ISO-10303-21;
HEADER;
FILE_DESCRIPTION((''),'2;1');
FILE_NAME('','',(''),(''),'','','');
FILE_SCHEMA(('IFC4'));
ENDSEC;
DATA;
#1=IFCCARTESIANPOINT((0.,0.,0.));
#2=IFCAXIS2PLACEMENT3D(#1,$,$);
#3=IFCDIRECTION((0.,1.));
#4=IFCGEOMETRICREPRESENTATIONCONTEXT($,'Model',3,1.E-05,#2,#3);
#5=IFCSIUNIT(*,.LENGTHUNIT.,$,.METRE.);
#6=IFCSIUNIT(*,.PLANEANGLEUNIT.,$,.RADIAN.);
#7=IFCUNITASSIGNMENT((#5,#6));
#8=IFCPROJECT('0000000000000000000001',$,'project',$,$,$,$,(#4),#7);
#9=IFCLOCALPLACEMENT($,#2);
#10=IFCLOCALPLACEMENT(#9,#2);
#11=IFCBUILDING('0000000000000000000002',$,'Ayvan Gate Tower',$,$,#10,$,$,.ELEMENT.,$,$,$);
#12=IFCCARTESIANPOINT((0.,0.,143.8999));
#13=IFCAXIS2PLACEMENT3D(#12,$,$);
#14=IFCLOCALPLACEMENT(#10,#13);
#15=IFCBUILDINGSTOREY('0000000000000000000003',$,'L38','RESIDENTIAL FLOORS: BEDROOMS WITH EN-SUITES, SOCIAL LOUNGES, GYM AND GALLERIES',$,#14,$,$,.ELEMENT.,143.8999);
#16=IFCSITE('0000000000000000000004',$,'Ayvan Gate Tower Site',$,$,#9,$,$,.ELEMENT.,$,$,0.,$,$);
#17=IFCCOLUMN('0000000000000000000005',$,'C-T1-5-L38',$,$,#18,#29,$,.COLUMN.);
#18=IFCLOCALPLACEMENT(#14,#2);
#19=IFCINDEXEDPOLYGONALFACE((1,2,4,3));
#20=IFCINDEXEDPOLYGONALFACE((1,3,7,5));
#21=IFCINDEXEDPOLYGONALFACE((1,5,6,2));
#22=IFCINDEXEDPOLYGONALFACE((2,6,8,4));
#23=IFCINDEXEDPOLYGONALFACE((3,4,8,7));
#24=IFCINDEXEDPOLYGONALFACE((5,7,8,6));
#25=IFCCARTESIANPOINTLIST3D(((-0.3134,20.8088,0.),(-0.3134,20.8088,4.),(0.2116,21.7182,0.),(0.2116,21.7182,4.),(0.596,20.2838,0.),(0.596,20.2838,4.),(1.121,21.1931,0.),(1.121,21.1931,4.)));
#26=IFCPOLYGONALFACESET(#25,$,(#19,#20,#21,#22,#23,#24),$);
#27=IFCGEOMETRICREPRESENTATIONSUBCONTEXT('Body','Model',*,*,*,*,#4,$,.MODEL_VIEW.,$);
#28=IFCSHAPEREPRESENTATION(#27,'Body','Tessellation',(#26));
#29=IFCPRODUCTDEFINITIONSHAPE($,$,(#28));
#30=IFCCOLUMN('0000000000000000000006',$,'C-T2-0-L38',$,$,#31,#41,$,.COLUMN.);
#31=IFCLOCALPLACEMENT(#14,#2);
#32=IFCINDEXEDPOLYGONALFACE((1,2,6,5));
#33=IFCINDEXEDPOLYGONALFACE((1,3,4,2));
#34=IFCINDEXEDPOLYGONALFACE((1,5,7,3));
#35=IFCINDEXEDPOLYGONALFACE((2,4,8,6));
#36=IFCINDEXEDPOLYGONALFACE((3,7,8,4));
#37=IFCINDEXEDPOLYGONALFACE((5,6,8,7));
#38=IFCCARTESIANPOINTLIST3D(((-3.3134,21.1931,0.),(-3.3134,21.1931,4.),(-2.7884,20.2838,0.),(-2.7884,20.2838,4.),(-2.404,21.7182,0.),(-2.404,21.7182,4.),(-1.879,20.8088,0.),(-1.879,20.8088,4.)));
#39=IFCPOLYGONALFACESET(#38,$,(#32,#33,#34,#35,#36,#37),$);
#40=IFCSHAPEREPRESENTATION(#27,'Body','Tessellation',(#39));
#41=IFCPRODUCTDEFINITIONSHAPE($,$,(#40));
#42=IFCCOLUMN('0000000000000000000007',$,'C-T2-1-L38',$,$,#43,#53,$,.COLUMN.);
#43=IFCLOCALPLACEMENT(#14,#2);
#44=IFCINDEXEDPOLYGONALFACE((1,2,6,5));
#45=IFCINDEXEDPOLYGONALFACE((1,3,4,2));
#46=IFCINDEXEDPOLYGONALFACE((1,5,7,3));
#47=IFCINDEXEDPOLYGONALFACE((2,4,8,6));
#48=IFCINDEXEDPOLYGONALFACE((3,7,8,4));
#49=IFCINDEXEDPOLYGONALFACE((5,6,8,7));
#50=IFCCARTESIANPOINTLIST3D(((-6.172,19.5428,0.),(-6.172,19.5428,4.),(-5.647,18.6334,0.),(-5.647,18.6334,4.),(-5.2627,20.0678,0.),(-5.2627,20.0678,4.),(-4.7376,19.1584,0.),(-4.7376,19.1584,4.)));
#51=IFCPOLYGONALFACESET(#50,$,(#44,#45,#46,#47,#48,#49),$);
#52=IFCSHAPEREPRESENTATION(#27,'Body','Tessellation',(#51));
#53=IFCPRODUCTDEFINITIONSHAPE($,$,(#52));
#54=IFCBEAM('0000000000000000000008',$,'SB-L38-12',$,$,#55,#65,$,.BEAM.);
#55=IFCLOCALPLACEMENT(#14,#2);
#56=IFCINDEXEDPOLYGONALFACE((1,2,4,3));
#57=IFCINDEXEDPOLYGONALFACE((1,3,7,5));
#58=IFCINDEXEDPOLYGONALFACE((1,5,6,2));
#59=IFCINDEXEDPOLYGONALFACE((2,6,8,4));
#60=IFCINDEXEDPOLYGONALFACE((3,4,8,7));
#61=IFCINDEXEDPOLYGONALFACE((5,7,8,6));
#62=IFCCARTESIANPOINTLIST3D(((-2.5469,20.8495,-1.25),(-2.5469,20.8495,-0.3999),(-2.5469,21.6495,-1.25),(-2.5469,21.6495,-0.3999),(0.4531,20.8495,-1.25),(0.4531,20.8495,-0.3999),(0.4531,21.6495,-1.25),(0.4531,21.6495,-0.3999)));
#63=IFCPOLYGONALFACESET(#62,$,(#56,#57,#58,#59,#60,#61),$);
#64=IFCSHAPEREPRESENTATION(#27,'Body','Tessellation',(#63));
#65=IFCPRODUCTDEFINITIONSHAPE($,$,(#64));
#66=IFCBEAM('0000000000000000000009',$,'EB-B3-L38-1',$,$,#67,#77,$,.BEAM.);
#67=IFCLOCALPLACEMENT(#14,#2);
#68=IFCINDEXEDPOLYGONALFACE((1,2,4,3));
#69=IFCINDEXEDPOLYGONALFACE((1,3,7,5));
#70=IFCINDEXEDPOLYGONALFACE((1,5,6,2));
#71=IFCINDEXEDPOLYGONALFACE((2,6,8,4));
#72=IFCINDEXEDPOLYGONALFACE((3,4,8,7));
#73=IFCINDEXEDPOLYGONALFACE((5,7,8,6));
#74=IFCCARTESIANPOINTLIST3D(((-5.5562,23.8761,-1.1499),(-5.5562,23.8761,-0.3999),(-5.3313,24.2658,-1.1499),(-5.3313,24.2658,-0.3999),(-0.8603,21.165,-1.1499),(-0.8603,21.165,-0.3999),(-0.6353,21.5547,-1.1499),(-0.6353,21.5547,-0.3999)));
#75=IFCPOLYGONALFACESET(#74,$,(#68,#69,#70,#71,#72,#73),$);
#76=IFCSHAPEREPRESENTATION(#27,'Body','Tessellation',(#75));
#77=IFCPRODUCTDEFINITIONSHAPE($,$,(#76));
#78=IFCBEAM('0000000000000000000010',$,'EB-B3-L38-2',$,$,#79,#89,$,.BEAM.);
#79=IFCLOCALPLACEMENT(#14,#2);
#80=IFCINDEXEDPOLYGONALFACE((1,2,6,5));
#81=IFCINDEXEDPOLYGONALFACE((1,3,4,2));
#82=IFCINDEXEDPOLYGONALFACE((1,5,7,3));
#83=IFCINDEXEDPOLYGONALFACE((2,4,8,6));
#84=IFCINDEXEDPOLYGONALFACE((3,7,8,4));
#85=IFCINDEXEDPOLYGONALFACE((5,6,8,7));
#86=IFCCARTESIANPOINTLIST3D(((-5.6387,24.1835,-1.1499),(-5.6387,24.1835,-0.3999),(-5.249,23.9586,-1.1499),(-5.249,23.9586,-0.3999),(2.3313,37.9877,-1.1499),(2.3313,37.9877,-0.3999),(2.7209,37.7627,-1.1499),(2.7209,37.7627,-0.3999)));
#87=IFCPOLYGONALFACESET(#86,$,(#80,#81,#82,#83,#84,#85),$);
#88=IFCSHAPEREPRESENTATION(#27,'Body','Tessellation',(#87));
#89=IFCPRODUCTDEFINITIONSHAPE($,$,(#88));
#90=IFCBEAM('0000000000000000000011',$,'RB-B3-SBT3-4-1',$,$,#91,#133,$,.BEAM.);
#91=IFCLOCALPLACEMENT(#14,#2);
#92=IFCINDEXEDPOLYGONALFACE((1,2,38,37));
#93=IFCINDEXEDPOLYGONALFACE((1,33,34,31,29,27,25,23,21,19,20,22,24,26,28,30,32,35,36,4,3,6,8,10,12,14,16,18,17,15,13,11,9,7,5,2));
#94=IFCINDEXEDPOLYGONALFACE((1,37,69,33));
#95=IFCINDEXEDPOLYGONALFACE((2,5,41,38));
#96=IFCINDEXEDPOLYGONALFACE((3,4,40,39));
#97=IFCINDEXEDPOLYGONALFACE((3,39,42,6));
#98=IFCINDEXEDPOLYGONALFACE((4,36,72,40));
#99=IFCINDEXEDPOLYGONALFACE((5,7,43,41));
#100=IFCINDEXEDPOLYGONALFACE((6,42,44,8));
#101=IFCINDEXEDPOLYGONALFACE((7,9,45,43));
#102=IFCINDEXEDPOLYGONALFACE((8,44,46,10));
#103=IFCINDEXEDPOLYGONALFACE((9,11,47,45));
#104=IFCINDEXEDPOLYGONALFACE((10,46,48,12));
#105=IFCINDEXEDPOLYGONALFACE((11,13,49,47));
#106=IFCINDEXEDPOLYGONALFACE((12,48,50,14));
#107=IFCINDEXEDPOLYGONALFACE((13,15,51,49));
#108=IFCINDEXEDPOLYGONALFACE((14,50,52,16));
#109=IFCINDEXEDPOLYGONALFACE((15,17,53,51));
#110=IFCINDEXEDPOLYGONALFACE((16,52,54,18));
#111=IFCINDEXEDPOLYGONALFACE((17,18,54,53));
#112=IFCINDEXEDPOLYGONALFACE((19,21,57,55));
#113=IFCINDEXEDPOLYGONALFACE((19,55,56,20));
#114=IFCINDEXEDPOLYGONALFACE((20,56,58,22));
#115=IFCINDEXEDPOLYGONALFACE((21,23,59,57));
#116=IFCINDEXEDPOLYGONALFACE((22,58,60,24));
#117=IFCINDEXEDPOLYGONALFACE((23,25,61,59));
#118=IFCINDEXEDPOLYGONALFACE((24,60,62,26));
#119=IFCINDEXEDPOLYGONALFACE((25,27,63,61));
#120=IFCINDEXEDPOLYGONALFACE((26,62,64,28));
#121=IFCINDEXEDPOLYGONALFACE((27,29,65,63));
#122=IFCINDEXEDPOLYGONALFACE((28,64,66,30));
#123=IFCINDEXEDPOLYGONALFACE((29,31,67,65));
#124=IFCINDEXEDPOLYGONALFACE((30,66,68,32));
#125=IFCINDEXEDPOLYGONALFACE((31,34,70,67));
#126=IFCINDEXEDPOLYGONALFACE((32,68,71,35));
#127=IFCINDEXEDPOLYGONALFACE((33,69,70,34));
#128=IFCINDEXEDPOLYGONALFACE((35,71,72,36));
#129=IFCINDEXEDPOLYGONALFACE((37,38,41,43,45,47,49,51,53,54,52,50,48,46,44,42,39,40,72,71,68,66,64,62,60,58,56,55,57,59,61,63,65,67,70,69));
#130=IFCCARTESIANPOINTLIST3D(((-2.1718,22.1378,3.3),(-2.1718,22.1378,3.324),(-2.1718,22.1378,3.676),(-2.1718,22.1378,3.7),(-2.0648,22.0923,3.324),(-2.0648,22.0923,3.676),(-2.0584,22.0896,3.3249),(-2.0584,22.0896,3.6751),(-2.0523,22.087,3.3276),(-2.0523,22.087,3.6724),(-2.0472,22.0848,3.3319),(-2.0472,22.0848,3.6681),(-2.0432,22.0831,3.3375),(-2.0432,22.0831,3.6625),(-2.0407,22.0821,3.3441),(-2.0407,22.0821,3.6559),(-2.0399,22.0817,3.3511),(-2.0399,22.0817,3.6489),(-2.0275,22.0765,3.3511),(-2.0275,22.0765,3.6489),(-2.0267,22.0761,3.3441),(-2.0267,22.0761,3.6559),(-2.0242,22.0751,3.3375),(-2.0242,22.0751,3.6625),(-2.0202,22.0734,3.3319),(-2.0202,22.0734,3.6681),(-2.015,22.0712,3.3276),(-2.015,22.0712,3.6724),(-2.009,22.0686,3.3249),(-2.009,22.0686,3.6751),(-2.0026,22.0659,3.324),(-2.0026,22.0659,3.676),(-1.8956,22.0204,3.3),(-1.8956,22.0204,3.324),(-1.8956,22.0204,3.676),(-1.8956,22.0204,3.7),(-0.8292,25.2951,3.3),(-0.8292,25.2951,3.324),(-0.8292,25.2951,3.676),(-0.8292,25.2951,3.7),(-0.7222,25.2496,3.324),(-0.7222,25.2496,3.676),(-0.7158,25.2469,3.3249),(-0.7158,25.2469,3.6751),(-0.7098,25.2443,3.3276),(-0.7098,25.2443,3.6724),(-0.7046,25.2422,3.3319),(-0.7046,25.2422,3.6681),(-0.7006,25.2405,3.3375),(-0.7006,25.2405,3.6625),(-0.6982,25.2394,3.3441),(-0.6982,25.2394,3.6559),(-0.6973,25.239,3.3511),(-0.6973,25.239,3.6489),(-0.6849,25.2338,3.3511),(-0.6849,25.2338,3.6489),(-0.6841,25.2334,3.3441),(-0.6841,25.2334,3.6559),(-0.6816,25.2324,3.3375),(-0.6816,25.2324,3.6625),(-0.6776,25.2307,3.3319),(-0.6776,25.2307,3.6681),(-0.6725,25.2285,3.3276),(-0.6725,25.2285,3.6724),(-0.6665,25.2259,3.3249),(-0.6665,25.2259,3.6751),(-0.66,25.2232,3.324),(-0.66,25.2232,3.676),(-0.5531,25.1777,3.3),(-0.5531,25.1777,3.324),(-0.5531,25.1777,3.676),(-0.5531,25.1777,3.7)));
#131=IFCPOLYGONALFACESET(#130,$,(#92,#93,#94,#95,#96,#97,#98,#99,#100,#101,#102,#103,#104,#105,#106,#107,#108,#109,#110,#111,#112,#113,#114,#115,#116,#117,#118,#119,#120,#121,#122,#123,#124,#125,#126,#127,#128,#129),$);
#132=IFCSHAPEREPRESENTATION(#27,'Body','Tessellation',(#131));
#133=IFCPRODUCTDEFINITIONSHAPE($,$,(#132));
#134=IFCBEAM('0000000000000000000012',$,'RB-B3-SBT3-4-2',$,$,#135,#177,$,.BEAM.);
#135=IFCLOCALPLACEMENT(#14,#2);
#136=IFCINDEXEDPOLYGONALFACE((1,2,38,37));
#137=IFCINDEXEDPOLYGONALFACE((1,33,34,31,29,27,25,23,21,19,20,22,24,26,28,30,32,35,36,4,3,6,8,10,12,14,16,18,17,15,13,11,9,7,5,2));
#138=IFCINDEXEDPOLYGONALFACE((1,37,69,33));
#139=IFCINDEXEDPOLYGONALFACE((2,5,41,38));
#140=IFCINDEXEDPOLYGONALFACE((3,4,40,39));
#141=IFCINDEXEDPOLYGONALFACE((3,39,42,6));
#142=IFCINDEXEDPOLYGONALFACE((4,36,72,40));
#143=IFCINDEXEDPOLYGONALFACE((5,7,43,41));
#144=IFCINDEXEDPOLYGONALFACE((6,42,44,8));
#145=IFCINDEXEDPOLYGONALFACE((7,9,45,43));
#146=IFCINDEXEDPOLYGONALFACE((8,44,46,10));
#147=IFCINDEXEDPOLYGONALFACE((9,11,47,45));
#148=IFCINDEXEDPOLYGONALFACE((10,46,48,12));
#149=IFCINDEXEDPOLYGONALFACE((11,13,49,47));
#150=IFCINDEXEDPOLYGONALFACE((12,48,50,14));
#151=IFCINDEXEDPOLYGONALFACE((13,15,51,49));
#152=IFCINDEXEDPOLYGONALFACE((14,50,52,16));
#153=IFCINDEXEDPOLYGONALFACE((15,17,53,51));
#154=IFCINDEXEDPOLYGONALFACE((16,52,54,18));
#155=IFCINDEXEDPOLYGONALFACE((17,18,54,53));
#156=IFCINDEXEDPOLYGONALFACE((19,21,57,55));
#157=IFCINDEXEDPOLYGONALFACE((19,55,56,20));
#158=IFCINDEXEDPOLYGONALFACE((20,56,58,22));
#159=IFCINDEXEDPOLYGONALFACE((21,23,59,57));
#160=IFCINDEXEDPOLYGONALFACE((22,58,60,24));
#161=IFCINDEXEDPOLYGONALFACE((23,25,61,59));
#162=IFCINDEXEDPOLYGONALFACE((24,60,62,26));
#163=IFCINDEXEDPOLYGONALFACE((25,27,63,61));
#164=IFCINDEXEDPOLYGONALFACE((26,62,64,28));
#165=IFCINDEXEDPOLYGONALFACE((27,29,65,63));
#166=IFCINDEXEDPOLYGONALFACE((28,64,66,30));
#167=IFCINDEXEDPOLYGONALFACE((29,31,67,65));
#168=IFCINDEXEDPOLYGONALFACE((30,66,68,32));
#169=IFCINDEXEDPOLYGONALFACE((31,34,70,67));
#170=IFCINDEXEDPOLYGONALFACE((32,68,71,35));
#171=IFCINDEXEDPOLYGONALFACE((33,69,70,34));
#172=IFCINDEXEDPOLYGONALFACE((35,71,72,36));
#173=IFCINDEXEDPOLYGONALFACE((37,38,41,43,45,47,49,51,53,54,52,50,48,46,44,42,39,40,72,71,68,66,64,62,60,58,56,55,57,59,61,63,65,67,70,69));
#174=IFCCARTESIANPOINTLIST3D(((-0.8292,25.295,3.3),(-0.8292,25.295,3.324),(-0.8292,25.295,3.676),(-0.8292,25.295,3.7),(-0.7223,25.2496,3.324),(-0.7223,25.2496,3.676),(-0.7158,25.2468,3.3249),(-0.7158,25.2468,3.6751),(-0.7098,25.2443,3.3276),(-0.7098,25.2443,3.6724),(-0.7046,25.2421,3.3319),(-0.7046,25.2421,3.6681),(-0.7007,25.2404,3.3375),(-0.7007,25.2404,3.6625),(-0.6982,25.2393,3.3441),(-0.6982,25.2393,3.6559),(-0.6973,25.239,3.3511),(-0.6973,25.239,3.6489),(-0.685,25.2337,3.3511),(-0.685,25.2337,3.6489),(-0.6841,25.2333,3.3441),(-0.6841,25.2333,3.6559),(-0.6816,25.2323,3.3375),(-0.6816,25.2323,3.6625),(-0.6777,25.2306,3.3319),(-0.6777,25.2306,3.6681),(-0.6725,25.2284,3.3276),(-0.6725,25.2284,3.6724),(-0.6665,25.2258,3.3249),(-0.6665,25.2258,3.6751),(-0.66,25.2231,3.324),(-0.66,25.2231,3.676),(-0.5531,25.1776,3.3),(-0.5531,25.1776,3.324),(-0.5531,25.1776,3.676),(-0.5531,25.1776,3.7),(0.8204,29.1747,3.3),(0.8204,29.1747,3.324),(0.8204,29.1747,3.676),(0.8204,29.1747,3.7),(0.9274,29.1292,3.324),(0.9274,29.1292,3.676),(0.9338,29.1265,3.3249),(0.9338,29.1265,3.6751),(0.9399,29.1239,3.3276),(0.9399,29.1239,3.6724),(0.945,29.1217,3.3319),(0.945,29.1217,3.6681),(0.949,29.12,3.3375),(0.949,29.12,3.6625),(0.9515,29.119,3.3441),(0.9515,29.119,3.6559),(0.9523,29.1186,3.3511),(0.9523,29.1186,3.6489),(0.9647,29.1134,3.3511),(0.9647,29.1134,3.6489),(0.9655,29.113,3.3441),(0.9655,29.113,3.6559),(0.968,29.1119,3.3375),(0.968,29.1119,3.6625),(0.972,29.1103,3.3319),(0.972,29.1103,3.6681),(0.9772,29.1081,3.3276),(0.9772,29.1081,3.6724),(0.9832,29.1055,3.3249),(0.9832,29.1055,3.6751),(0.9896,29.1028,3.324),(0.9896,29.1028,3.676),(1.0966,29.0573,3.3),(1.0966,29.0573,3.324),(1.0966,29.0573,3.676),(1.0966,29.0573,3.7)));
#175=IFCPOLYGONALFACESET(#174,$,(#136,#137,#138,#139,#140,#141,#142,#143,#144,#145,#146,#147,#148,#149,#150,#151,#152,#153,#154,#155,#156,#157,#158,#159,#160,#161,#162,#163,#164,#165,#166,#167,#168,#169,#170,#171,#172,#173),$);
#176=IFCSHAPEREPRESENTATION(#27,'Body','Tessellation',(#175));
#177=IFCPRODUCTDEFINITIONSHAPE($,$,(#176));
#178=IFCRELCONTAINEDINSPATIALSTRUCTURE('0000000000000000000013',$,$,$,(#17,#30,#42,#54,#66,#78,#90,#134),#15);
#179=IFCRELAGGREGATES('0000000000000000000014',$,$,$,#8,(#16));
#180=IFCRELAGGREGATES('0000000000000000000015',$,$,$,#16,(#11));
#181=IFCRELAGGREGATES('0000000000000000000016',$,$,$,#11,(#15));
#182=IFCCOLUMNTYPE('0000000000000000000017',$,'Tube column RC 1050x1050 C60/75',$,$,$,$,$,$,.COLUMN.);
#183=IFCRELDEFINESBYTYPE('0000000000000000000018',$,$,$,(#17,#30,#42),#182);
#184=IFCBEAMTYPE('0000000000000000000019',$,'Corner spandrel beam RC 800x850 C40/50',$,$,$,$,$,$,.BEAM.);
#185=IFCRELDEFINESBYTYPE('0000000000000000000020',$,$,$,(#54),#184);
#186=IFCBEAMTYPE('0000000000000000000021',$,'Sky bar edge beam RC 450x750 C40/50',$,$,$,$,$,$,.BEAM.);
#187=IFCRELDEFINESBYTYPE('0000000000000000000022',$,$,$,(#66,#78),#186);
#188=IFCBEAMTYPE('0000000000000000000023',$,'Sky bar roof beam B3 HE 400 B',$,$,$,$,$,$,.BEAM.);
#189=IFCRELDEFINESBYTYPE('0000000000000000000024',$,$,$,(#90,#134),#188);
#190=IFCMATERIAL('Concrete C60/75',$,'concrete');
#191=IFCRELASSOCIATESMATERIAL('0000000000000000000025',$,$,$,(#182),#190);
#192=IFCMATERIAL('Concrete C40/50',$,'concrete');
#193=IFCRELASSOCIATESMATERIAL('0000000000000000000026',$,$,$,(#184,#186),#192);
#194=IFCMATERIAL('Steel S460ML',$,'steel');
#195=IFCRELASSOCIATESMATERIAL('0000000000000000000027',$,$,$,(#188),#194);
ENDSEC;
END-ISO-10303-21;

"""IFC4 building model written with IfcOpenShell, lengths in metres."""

from ifc_helpers import new_model, si_unit, direction, frame, origin, origin_2d, place, context, subcontext, project, spatial, rectangle, i_section, extrude, material, material_profile, profile_set, type_object, element, save


model = new_model("IFC4")

# Units and contexts
model_context = context("Model", 3, precision=1e-05, world=origin(), true_north=direction((0.0, 1.0)))
body_context = subcontext(model_context, "Body", "Model", "MODEL_VIEW")
ifc_project = project(units=[si_unit("LENGTHUNIT", "METRE"), si_unit("PLANEANGLEUNIT", "RADIAN")], contexts=[model_context])

# Site, building, storey
site_placement = place(None, origin())
site = spatial("IfcSite", under=ifc_project, at=site_placement, Name="Ayvan Gate Tower Site", CompositionType="ELEMENT", RefElevation=0.0)
building_placement = place(site_placement, origin())
building = spatial("IfcBuilding", under=site, at=building_placement, Name="Ayvan Gate Tower", CompositionType="ELEMENT")
storey_placement = place(building_placement, frame((0.0, 0.0, 143.8999)))
storey = spatial("IfcBuildingStorey", under=building, at=storey_placement, Name="L38", Description="RESIDENTIAL FLOORS: BEDROOMS WITH EN-SUITES, SOCIAL LOUNGES, GYM AND GALLERIES", CompositionType="ELEMENT", Elevation=143.8999)

# Columns
ifc_material_1 = material(Name="Concrete C60/75", Category="concrete")
ifc_material_profile_1 = material_profile(ifc_material_1, rectangle(XDim=1.05, YDim=1.05, at=origin_2d()), Name="RC 1050x1050")
ifc_profile_set_1 = profile_set([ifc_material_profile_1], Name="Concrete C60/75")
column_type = type_object("IfcColumnType", Name="Tube column RC 1050x1050 C60/75", PredefinedType="COLUMN", material=ifc_profile_set_1)
for number, where, z_axis, x_axis, name in (
    (1, (0.4038, 21.001, 0.0), (0.0, 0.0, 1.0), (0.5, 0.866025, 0.0), "C-T1-5-L38"),
    (2, (-2.5962, 21.001, 0.0), (0.0, 0.0, 1.0), (-0.5, 0.866025, 0.0), "C-T2-0-L38"),
    (3, (-5.4548, 19.3506, 0.0), (0.0, 0.0, 1.0), (-0.5, 0.866025, 0.0), "C-T2-1-L38"),
):
    element("IfcColumn", number, at=place(storey_placement, frame(where, z_axis=z_axis, x_axis=x_axis)), inside=storey, type_object=column_type, Name=name, PredefinedType="COLUMN", context=body_context, shape_type="SweptSolid", body=[
        extrude(rectangle(XDim=1.05, YDim=1.05, at=origin_2d()), origin(), (0.0, 0.0, 1.0), 4.0),
    ])

# Beams
ifc_material_2 = material(Name="Concrete C40/50", Category="concrete")
ifc_material_profile_2 = material_profile(ifc_material_2, rectangle(XDim=0.8, YDim=0.8501, at=origin_2d()), Name="RC 800x850")
ifc_profile_set_2 = profile_set([ifc_material_profile_2], Name="Concrete C40/50")
beam_type_1 = type_object("IfcBeamType", Name="Corner spandrel beam RC 800x850 C40/50", PredefinedType="BEAM", material=ifc_profile_set_2)
beam_1_placement = place(storey_placement, frame((0.4531, 21.2495, -0.825), z_axis=(-1.0, 0.0, 0.0), x_axis=(0.0, -1.0, 0.0)))
element("IfcBeam", 4, at=beam_1_placement, inside=storey, type_object=beam_type_1, Name="SB-L38-12", PredefinedType="BEAM", context=body_context, shape_type="SweptSolid", body=[
    extrude(rectangle(XDim=0.8, YDim=0.8501, at=origin_2d()), origin(), (0.0, 0.0, 1.0), 3.0),
])
ifc_material_profile_3 = material_profile(ifc_material_2, rectangle(XDim=0.45, YDim=0.75, at=origin_2d()), Name="RC 450x750")
ifc_profile_set_3 = profile_set([ifc_material_profile_3], Name="Concrete C40/50")
beam_type_2 = type_object("IfcBeamType", Name="Sky bar edge beam RC 450x750 C40/50", PredefinedType="BEAM", material=ifc_profile_set_3)
beam_2_placement = place(storey_placement, frame((-0.7478, 21.3599, -0.7749), z_axis=(-0.866032, 0.499989, 0.0), x_axis=(-0.499989, -0.866032, 0.0)))
element("IfcBeam", 5, at=beam_2_placement, inside=storey, type_object=beam_type_2, Name="EB-B3-L38-1", PredefinedType="BEAM", context=body_context, shape_type="SweptSolid", body=[
    extrude(rectangle(XDim=0.45, YDim=0.75, at=origin_2d()), origin(), (0.0, 0.0, 1.0), 5.4224),
])
beam_3_placement = place(storey_placement, frame((-5.4438, 24.071, -0.7749), z_axis=(0.500005, 0.866022, 0.0), x_axis=(-0.866022, 0.500005, 0.0)))
element("IfcBeam", 6, at=beam_3_placement, inside=storey, type_object=beam_type_2, Name="EB-B3-L38-2", PredefinedType="BEAM", context=body_context, shape_type="SweptSolid", body=[
    extrude(rectangle(XDim=0.45, YDim=0.75, at=origin_2d()), origin(), (0.0, 0.0, 1.0), 15.9397),
])
ifc_material_3 = material(Name="Steel S460ML", Category="steel")
ifc_material_profile_4 = material_profile(ifc_material_3, i_section(OverallWidth=0.3, OverallDepth=0.3999, WebThickness=0.0134, FlangeThickness=0.0239, FilletRadius=0.0271, at=origin_2d()), Name="HE 400 B")
ifc_profile_set_4 = profile_set([ifc_material_profile_4], Name="Steel S460ML")
beam_type_3 = type_object("IfcBeamType", Name="Sky bar roof beam B3 HE 400 B", PredefinedType="BEAM", material=ifc_profile_set_4)
beam_4_placement = place(storey_placement, frame((-2.0337, 22.0791, 3.5), z_axis=(0.391315, 0.920257, 0.0), x_axis=(-0.920257, 0.391315, 0.0)))
element("IfcBeam", 7, at=beam_4_placement, inside=storey, type_object=beam_type_3, Name="RB-B3-SBT3-4-1", PredefinedType="BEAM", context=body_context, shape_type="SweptSolid", body=[
    extrude(i_section(OverallWidth=0.3, OverallDepth=0.3999, WebThickness=0.0134, FlangeThickness=0.0239, FilletRadius=0.0271, at=origin_2d()), origin(), (0.0, 0.0, 1.0), 3.4309),
])
beam_5_placement = place(storey_placement, frame((-0.6912, 25.2363, 3.5), z_axis=(0.391304, 0.920262, 0.0), x_axis=(-0.920262, 0.391304, 0.0)))
element("IfcBeam", 8, at=beam_5_placement, inside=storey, type_object=beam_type_3, Name="RB-B3-SBT3-4-2", PredefinedType="BEAM", context=body_context, shape_type="SweptSolid", body=[
    extrude(i_section(OverallWidth=0.3, OverallDepth=0.3999, WebThickness=0.0134, FlangeThickness=0.0239, FilletRadius=0.0271, at=origin_2d()), origin(), (0.0, 0.0, 1.0), 4.2158),
])

save(model, "model.ifc")
